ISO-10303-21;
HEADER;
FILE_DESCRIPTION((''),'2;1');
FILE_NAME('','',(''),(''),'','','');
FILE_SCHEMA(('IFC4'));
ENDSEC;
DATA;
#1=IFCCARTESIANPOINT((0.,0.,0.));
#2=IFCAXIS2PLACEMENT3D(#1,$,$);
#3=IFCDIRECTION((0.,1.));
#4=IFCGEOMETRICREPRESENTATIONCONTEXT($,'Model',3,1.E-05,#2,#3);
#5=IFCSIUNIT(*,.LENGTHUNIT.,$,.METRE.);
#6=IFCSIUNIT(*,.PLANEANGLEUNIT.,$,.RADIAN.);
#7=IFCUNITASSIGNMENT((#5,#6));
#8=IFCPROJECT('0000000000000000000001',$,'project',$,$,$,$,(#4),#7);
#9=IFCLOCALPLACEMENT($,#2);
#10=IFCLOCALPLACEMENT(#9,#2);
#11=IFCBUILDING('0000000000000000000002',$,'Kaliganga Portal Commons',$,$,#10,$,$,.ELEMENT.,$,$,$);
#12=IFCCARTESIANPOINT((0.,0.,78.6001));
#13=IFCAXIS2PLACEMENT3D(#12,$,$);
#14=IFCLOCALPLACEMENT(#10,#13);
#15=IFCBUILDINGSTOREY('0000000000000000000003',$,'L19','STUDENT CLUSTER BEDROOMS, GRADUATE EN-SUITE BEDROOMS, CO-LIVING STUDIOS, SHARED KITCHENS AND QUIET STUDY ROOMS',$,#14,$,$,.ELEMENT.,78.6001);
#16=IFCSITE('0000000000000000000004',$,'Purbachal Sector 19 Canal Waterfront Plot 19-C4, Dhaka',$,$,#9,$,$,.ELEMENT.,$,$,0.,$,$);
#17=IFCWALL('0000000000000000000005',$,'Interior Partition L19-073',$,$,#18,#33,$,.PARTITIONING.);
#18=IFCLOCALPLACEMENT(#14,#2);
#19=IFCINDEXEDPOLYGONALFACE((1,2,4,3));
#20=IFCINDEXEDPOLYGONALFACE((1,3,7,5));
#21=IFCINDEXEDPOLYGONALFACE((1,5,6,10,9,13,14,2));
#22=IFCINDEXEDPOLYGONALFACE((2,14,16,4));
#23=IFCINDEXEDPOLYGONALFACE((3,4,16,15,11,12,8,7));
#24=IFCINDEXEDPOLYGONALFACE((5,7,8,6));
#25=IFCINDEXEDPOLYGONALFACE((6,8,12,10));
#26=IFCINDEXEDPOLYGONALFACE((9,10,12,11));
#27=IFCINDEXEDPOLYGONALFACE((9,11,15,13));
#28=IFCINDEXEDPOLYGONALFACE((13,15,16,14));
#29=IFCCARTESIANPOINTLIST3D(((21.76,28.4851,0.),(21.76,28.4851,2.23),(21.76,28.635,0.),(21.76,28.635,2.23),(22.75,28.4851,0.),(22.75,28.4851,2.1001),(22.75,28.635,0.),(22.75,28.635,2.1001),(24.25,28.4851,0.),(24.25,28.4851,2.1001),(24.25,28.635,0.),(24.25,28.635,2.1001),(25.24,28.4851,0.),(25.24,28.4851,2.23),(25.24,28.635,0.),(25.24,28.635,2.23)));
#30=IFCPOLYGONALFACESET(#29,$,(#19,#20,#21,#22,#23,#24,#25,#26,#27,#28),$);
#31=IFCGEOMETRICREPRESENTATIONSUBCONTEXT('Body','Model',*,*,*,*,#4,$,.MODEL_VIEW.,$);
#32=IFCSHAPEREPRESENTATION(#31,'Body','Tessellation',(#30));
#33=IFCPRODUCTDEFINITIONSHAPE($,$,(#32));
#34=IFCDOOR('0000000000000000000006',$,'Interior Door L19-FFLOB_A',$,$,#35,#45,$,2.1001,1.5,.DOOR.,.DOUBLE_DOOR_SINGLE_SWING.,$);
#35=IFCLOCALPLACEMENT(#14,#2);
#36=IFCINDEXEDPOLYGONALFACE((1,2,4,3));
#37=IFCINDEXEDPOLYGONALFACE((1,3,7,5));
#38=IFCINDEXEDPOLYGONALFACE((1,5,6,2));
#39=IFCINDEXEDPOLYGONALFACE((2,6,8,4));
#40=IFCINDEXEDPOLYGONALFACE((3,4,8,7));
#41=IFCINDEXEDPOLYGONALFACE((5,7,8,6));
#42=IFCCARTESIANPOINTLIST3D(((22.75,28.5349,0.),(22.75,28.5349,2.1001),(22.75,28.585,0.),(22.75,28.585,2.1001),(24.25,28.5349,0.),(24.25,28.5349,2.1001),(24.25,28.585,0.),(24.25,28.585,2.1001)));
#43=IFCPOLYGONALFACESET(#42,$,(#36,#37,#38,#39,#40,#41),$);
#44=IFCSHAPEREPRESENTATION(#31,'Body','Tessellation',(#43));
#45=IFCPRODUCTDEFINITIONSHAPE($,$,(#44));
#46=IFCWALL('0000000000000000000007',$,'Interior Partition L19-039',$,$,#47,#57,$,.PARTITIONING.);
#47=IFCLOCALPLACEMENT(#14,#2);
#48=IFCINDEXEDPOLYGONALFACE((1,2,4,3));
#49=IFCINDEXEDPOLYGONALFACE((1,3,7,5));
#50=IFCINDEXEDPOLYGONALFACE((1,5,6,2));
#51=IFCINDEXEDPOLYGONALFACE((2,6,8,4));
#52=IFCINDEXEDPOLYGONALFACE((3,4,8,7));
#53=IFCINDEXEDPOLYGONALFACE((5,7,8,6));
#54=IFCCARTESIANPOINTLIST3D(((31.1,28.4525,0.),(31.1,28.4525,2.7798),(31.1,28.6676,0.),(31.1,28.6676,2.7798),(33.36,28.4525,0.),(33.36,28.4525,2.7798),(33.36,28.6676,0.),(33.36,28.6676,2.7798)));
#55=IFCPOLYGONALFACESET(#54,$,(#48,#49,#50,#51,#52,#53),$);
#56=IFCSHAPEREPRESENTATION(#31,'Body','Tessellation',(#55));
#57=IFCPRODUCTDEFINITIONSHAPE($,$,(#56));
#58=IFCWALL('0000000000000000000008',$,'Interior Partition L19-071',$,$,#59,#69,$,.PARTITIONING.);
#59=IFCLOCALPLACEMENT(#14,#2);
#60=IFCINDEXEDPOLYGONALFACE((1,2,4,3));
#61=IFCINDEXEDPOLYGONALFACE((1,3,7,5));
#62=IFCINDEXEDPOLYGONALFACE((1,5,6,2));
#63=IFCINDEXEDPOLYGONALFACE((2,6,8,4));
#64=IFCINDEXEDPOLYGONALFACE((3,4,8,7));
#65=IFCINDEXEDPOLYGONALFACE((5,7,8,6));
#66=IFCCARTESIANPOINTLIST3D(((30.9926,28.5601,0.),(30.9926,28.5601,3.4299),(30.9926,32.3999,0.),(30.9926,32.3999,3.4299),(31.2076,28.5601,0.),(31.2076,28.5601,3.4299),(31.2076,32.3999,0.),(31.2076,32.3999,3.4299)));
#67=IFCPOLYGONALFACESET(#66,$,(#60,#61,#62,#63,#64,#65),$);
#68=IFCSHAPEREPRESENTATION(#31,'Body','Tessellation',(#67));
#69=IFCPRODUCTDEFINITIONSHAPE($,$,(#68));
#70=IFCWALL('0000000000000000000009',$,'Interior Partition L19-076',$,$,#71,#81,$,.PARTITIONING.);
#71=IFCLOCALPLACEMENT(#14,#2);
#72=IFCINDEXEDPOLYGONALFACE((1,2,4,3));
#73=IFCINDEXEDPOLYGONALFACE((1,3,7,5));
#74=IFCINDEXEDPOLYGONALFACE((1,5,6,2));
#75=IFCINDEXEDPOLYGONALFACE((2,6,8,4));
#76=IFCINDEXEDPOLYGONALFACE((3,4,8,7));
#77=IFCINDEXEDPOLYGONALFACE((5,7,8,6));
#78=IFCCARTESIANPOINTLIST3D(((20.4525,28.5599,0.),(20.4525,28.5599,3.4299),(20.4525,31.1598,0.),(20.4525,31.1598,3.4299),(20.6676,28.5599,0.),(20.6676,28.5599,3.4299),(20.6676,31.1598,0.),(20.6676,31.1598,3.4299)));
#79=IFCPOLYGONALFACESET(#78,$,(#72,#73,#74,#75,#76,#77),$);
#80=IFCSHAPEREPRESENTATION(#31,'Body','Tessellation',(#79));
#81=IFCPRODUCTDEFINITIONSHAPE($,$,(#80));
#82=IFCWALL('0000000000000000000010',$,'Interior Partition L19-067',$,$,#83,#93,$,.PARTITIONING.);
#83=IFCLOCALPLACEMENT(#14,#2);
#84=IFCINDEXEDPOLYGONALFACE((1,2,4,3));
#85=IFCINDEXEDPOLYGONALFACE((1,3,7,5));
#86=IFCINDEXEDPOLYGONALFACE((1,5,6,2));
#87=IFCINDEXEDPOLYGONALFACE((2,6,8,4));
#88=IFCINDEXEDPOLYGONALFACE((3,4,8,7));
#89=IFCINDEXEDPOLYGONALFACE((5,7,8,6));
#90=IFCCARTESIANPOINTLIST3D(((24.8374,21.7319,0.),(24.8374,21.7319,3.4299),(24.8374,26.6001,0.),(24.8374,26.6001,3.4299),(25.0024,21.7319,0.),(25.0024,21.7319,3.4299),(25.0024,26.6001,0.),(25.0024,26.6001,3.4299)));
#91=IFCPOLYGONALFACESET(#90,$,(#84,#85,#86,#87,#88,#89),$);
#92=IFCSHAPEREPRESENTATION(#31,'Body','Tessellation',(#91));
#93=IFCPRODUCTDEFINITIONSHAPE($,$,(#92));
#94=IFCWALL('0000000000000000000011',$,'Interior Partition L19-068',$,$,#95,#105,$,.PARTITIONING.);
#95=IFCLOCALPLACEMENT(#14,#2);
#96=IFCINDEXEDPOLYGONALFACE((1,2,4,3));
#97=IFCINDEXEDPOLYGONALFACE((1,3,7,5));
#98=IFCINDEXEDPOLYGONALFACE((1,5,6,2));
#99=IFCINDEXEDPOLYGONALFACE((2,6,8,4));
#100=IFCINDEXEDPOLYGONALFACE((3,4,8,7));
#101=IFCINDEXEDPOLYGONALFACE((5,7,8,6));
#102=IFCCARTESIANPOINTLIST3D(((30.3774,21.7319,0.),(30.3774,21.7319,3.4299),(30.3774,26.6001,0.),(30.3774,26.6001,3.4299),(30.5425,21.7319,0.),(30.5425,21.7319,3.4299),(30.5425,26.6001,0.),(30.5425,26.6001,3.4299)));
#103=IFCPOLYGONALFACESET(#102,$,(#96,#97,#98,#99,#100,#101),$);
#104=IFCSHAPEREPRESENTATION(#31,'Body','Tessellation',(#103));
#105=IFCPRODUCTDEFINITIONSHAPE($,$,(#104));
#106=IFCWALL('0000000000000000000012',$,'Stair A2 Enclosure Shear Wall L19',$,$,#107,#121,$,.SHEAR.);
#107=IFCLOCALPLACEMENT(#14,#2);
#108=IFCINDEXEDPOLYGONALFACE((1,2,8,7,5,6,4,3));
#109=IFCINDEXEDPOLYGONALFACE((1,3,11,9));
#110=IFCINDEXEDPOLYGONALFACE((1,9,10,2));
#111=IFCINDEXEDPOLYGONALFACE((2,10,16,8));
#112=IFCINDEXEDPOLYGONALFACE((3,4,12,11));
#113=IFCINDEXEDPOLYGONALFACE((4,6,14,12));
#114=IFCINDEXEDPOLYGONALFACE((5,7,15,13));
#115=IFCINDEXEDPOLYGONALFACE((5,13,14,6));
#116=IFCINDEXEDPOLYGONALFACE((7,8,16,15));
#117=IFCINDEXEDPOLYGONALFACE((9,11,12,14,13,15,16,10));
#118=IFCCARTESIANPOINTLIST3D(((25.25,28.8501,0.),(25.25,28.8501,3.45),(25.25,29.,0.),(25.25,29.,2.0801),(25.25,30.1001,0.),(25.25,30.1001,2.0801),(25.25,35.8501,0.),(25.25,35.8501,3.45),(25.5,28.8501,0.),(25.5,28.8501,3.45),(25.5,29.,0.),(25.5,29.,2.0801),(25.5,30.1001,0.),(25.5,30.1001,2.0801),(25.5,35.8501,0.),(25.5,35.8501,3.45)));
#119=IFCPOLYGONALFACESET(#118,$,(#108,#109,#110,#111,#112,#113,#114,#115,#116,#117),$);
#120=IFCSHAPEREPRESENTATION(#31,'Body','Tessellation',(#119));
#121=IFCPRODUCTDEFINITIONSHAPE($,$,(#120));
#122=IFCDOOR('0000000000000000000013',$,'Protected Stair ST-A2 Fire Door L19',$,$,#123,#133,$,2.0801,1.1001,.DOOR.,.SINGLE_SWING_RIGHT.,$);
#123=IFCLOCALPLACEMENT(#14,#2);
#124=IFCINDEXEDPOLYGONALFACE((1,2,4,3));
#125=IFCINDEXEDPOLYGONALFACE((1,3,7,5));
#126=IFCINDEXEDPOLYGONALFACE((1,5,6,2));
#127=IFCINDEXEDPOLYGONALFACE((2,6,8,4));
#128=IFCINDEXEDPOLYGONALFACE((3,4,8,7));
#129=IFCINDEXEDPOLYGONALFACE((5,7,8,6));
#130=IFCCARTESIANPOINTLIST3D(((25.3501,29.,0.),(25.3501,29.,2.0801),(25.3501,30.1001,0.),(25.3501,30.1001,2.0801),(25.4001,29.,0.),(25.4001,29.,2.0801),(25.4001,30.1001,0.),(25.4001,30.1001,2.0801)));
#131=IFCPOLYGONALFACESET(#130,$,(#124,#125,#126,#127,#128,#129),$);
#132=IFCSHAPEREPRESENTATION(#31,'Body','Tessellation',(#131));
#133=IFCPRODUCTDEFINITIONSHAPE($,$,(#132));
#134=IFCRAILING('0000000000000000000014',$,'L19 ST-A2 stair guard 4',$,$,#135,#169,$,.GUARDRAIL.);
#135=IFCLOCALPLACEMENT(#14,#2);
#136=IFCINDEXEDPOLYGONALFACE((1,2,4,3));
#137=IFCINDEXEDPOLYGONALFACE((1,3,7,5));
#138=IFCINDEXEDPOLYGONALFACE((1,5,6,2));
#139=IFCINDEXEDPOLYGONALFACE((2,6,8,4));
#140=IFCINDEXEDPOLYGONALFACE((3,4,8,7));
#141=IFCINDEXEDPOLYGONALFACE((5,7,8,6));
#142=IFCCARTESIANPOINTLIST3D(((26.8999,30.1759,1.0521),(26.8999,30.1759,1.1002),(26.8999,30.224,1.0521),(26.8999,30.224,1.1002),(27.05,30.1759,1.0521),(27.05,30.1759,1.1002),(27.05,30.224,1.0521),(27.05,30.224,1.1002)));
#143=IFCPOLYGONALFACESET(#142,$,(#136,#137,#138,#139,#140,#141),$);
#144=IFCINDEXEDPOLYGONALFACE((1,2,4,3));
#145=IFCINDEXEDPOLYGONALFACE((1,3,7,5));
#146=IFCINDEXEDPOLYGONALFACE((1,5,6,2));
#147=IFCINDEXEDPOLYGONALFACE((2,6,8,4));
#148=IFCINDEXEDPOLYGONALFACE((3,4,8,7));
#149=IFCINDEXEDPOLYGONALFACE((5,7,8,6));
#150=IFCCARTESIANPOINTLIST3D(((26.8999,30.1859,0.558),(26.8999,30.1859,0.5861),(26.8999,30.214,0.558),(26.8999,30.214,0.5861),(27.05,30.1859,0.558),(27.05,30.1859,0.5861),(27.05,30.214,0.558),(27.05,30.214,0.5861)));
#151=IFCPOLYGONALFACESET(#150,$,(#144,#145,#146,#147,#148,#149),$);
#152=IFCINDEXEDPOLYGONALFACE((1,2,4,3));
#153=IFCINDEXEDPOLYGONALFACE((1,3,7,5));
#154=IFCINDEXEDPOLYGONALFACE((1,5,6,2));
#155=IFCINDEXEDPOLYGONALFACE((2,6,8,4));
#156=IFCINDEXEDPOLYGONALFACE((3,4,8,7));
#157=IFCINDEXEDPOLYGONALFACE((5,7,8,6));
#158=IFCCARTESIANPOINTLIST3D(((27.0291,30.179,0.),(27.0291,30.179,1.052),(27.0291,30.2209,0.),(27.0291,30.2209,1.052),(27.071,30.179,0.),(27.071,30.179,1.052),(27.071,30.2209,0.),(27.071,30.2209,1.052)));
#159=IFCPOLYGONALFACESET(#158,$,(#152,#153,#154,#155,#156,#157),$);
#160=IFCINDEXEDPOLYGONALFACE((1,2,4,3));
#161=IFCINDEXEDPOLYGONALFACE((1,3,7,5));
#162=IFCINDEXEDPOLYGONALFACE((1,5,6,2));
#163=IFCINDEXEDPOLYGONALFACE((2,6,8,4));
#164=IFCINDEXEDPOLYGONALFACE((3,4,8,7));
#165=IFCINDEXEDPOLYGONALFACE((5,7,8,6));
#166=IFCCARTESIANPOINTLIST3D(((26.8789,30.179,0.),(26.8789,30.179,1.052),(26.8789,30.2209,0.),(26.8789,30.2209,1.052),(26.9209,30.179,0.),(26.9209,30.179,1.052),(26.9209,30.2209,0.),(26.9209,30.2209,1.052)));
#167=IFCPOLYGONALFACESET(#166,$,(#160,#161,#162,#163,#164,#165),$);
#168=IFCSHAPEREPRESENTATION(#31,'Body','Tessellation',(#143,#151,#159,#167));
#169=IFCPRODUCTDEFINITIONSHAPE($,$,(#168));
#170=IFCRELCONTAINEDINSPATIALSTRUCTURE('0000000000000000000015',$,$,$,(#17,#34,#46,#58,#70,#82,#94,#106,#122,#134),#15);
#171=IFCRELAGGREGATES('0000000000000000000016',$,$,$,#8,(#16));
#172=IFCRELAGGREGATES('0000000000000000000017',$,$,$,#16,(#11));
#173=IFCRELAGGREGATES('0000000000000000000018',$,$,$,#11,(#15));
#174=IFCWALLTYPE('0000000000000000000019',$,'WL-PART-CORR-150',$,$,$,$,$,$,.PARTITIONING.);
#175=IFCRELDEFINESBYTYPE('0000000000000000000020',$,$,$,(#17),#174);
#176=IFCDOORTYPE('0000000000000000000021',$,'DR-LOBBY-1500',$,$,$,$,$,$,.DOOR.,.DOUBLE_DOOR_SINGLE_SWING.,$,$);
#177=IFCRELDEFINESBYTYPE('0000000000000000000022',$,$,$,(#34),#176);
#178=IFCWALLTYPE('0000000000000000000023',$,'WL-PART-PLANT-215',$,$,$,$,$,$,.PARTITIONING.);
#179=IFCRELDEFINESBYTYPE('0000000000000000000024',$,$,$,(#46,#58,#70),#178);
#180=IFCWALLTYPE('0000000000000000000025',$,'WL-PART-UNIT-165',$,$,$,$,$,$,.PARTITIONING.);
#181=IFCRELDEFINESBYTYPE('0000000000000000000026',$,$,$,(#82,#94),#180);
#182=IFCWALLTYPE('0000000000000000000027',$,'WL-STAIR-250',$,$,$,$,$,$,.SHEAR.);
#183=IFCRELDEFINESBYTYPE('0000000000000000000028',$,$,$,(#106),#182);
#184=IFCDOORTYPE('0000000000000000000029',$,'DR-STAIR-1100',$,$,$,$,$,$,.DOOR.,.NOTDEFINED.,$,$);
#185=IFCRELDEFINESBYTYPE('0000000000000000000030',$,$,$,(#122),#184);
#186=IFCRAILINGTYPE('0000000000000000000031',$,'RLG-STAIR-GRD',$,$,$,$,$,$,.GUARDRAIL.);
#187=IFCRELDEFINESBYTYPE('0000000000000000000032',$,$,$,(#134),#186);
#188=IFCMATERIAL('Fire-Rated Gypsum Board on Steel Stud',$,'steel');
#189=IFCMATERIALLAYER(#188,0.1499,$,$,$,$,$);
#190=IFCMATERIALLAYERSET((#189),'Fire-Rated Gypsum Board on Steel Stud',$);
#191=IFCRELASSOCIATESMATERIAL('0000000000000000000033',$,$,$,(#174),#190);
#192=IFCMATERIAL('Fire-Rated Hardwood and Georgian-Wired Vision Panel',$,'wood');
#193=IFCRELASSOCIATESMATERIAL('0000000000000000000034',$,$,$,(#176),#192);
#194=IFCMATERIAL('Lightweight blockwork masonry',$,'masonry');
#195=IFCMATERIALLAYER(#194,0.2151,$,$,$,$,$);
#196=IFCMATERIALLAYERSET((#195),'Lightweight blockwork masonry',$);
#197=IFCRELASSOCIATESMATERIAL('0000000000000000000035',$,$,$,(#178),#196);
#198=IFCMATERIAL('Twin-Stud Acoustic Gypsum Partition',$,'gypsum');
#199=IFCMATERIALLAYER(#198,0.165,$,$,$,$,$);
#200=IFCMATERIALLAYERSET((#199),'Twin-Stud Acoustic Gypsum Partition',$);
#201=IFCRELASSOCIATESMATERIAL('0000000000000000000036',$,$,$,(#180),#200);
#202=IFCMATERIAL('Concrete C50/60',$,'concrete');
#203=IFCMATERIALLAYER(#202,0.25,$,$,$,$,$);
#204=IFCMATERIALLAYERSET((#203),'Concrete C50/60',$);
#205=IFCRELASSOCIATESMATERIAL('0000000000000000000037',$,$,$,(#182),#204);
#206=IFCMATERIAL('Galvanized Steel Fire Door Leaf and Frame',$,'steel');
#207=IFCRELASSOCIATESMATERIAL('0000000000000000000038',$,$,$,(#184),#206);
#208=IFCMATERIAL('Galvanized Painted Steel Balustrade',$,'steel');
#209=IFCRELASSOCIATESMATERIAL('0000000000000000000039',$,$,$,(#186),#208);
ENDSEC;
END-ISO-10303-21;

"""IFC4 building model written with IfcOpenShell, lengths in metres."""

from ifc_helpers import new_model, si_unit, direction, frame, frame_2d, origin, origin_2d, place, context, subcontext, project, spatial, rectangle, extrude, material, layer, layer_set, type_object, element, fill, save


model = new_model("IFC4")

# Units and contexts
model_context = context("Model", 3, precision=1e-05, world=origin(), true_north=direction((0.0, 1.0)))
body_context = subcontext(model_context, "Body", "Model", "MODEL_VIEW")
ifc_project = project(units=[si_unit("LENGTHUNIT", "METRE"), si_unit("PLANEANGLEUNIT", "RADIAN")], contexts=[model_context])

# Site, building, storey
site_placement = place(None, origin())
site = spatial("IfcSite", under=ifc_project, at=site_placement, Name="Purbachal Sector 19 Canal Waterfront Plot 19-C4, Dhaka", CompositionType="ELEMENT", RefElevation=0.0)
building_placement = place(site_placement, origin())
building = spatial("IfcBuilding", under=site, at=building_placement, Name="Kaliganga Portal Commons", CompositionType="ELEMENT")
storey_placement = place(building_placement, frame((0.0, 0.0, 78.6001)))
storey = spatial("IfcBuildingStorey", under=building, at=storey_placement, Name="L19", Description="STUDENT CLUSTER BEDROOMS, GRADUATE EN-SUITE BEDROOMS, CO-LIVING STUDIOS, SHARED KITCHENS AND QUIET STUDY ROOMS", CompositionType="ELEMENT", Elevation=78.6001)

# Shared definitions
ifc_material_1 = material(Name="Fire-Rated Gypsum Board on Steel Stud", Category="steel")
ifc_layer_1 = layer(ifc_material_1, 0.1499)
ifc_layer_set_1 = layer_set([ifc_layer_1], Name="Fire-Rated Gypsum Board on Steel Stud")
wall_type_1 = type_object("IfcWallType", Name="WL-PART-CORR-150", PredefinedType="PARTITIONING", material=ifc_layer_set_1)

# Wall, opening, door
wall_1_placement = place(storey_placement, frame((21.76, 28.5601, 0.0), z_axis=(0.0, 0.0, 1.0), x_axis=(1.0, 0.0, 0.0)))
wall_1 = element("IfcWall", 1, at=wall_1_placement, inside=storey, type_object=wall_type_1, Name="Interior Partition L19-073", PredefinedType="PARTITIONING", context=body_context, shape_type="SweptSolid", body=[
    extrude(rectangle(XDim=3.48, YDim=0.1499, at=frame_2d((1.74, 0.0))), origin(), (0.0, 0.0, 1.0), 2.23),
])
opening_1_placement = place(wall_1_placement, frame((0.99, 0.0, 0.0)))
opening_1 = element("IfcOpeningElement", 2, at=opening_1_placement, cuts=wall_1, PredefinedType="OPENING", context=body_context, shape_type="SweptSolid", body=[
    extrude(rectangle(XDim=1.5, YDim=2.1001, at=frame_2d((0.75, 1.05))), frame((0.0, 0.085, 0.0), z_axis=(0.0, -1.0, 0.0), x_axis=(1.0, 0.0, 0.0)), (0.0, 0.0, 1.0), 0.1699),
])
ifc_material_2 = material(Name="Fire-Rated Hardwood and Georgian-Wired Vision Panel", Category="wood")
door_type_1 = type_object("IfcDoorType", Name="DR-LOBBY-1500", OperationType="DOUBLE_DOOR_SINGLE_SWING", PredefinedType="DOOR", material=ifc_material_2)
door_1_placement = place(opening_1_placement, origin())
door_1 = element("IfcDoor", 3, at=door_1_placement, inside=storey, type_object=door_type_1, Name="Interior Door L19-FFLOB_A", OperationType="DOUBLE_DOOR_SINGLE_SWING", OverallHeight=2.1001, OverallWidth=1.5, PredefinedType="DOOR", context=body_context, shape_type="SweptSolid", body=[
    extrude(rectangle(XDim=1.5, YDim=2.1001, at=frame_2d((0.75, 1.05))), frame((0.0, 0.0249, 0.0), z_axis=(0.0, -1.0, 0.0), x_axis=(1.0, 0.0, 0.0)), (0.0, 0.0, 1.0), 0.05),
])
fill(opening_1, door_1)

# Walls
ifc_material_3 = material(Name="Lightweight blockwork masonry", Category="masonry")
ifc_layer_2 = layer(ifc_material_3, 0.2151)
ifc_layer_set_2 = layer_set([ifc_layer_2], Name="Lightweight blockwork masonry")
wall_type_2 = type_object("IfcWallType", Name="WL-PART-PLANT-215", PredefinedType="PARTITIONING", material=ifc_layer_set_2)
wall_2_placement = place(storey_placement, frame((31.1001, 28.5601, 0.0), z_axis=(0.0, 0.0, 1.0), x_axis=(1.0, 0.0, 0.0)))
element("IfcWall", 4, at=wall_2_placement, inside=storey, type_object=wall_type_2, Name="Interior Partition L19-039", PredefinedType="PARTITIONING", context=body_context, shape_type="SweptSolid", body=[
    extrude(rectangle(XDim=2.26, YDim=0.2151, at=frame_2d((1.1299, 0.0))), origin(), (0.0, 0.0, 1.0), 2.7798),
])
wall_3_placement = place(storey_placement, frame((31.1001, 28.5601, 0.0), z_axis=(0.0, 0.0, 1.0), x_axis=(0.0, 1.0, 0.0)))
element("IfcWall", 5, at=wall_3_placement, inside=storey, type_object=wall_type_2, Name="Interior Partition L19-071", PredefinedType="PARTITIONING", context=body_context, shape_type="SweptSolid", body=[
    extrude(rectangle(XDim=3.8398, YDim=0.2151, at=frame_2d((1.9199, 0.0))), origin(), (0.0, 0.0, 1.0), 3.4299),
])
wall_4_placement = place(storey_placement, frame((20.5601, 28.5601, 0.0), z_axis=(0.0, 0.0, 1.0), x_axis=(0.0, 1.0, 0.0)))
element("IfcWall", 6, at=wall_4_placement, inside=storey, type_object=wall_type_2, Name="Interior Partition L19-076", PredefinedType="PARTITIONING", context=body_context, shape_type="SweptSolid", body=[
    extrude(rectangle(XDim=2.5999, YDim=0.2151, at=frame_2d((1.2998, 0.0))), origin(), (0.0, 0.0, 1.0), 3.4299),
])
ifc_material_4 = material(Name="Twin-Stud Acoustic Gypsum Partition", Category="gypsum")
ifc_layer_3 = layer(ifc_material_4, 0.165)
ifc_layer_set_3 = layer_set([ifc_layer_3], Name="Twin-Stud Acoustic Gypsum Partition")
wall_type_3 = type_object("IfcWallType", Name="WL-PART-UNIT-165", PredefinedType="PARTITIONING", material=ifc_layer_set_3)
for number, where, z_axis, x_axis, name in (
    (7, (24.9199, 21.7319, 0.0), (0.0, 0.0, 1.0), (0.0, 1.0, 0.0), "Interior Partition L19-067"),
    (8, (30.46, 21.7319, 0.0), (0.0, 0.0, 1.0), (0.0, 1.0, 0.0), "Interior Partition L19-068"),
):
    element("IfcWall", number, at=place(storey_placement, frame(where, z_axis=z_axis, x_axis=x_axis)), inside=storey, type_object=wall_type_3, Name=name, PredefinedType="PARTITIONING", context=body_context, shape_type="SweptSolid", body=[
        extrude(rectangle(XDim=4.8682, YDim=0.165, at=frame_2d((2.4341, 0.0))), origin(), (0.0, 0.0, 1.0), 3.4299),
    ])

# Wall, opening, door
ifc_material_5 = material(Name="Concrete C50/60", Category="concrete")
ifc_layer_4 = layer(ifc_material_5, 0.25)
ifc_layer_set_4 = layer_set([ifc_layer_4], Name="Concrete C50/60")
wall_type_4 = type_object("IfcWallType", Name="WL-STAIR-250", PredefinedType="SHEAR", material=ifc_layer_set_4)
wall_5_placement = place(storey_placement, frame((25.375, 28.8501, 0.0), z_axis=(0.0, 0.0, 1.0), x_axis=(0.0, 1.0, 0.0)))
wall_5 = element("IfcWall", 9, at=wall_5_placement, inside=storey, type_object=wall_type_4, Name="Stair A2 Enclosure Shear Wall L19", PredefinedType="SHEAR", context=body_context, shape_type="SweptSolid", body=[
    extrude(rectangle(XDim=7.0, YDim=0.25, at=frame_2d((3.5, 0.0))), origin(), (0.0, 0.0, 1.0), 3.45),
])
opening_2_placement = place(wall_5_placement, frame((0.1499, 0.0, 0.0)))
opening_2 = element("IfcOpeningElement", 10, at=opening_2_placement, cuts=wall_5, PredefinedType="OPENING", context=body_context, shape_type="SweptSolid", body=[
    extrude(rectangle(XDim=1.1001, YDim=2.0801, at=frame_2d((0.55, 1.04))), frame((0.0, 0.135, 0.0), z_axis=(0.0, -1.0, 0.0), x_axis=(1.0, 0.0, 0.0)), (0.0, 0.0, 1.0), 0.27),
])
ifc_material_6 = material(Name="Galvanized Steel Fire Door Leaf and Frame", Category="steel")
door_type_2 = type_object("IfcDoorType", Name="DR-STAIR-1100", OperationType="NOTDEFINED", PredefinedType="DOOR", material=ifc_material_6)
door_2_placement = place(opening_2_placement, origin())
door_2 = element("IfcDoor", 11, at=door_2_placement, inside=storey, type_object=door_type_2, Name="Protected Stair ST-A2 Fire Door L19", OperationType="SINGLE_SWING_RIGHT", OverallHeight=2.0801, OverallWidth=1.1001, PredefinedType="DOOR", context=body_context, shape_type="SweptSolid", body=[
    extrude(rectangle(XDim=1.1001, YDim=2.0801, at=frame_2d((0.55, 1.04))), frame((0.0, 0.0249, 0.0), z_axis=(0.0, -1.0, 0.0), x_axis=(1.0, 0.0, 0.0)), (0.0, 0.0, 1.0), 0.05),
])
fill(opening_2, door_2)

# Railing
ifc_material_7 = material(Name="Galvanized Painted Steel Balustrade", Category="steel")
railing_type = type_object("IfcRailingType", Name="RLG-STAIR-GRD", PredefinedType="GUARDRAIL", material=ifc_material_7)
railing_placement = place(storey_placement, frame((27.05, 30.2, 0.0)))
element("IfcRailing", 12, at=railing_placement, inside=storey, type_object=railing_type, Name="L19 ST-A2 stair guard 4", PredefinedType="GUARDRAIL", context=body_context, shape_type="SweptSolid", body=[
    extrude(rectangle(XDim=0.0481, YDim=0.0481, at=origin_2d()), frame((0.0, 0.0, 1.0762), z_axis=(-1.0, 0.0, 0.0), x_axis=(0.0, -1.0, 0.0)), (0.0, 0.0, 1.0), 0.1501),
    extrude(rectangle(XDim=0.0281, YDim=0.0281, at=origin_2d()), frame((0.0, 0.0, 0.572), z_axis=(-1.0, 0.0, 0.0), x_axis=(0.0, -1.0, 0.0)), (0.0, 0.0, 1.0), 0.1501),
    extrude(rectangle(XDim=0.042, YDim=0.042, at=origin_2d()), origin(), (0.0, 0.0, 1.0), 1.052),
    extrude(rectangle(XDim=0.042, YDim=0.042, at=origin_2d()), frame((-0.1501, 0.0, 0.0)), (0.0, 0.0, 1.0), 1.052),
])

save(model, "model.ifc")
